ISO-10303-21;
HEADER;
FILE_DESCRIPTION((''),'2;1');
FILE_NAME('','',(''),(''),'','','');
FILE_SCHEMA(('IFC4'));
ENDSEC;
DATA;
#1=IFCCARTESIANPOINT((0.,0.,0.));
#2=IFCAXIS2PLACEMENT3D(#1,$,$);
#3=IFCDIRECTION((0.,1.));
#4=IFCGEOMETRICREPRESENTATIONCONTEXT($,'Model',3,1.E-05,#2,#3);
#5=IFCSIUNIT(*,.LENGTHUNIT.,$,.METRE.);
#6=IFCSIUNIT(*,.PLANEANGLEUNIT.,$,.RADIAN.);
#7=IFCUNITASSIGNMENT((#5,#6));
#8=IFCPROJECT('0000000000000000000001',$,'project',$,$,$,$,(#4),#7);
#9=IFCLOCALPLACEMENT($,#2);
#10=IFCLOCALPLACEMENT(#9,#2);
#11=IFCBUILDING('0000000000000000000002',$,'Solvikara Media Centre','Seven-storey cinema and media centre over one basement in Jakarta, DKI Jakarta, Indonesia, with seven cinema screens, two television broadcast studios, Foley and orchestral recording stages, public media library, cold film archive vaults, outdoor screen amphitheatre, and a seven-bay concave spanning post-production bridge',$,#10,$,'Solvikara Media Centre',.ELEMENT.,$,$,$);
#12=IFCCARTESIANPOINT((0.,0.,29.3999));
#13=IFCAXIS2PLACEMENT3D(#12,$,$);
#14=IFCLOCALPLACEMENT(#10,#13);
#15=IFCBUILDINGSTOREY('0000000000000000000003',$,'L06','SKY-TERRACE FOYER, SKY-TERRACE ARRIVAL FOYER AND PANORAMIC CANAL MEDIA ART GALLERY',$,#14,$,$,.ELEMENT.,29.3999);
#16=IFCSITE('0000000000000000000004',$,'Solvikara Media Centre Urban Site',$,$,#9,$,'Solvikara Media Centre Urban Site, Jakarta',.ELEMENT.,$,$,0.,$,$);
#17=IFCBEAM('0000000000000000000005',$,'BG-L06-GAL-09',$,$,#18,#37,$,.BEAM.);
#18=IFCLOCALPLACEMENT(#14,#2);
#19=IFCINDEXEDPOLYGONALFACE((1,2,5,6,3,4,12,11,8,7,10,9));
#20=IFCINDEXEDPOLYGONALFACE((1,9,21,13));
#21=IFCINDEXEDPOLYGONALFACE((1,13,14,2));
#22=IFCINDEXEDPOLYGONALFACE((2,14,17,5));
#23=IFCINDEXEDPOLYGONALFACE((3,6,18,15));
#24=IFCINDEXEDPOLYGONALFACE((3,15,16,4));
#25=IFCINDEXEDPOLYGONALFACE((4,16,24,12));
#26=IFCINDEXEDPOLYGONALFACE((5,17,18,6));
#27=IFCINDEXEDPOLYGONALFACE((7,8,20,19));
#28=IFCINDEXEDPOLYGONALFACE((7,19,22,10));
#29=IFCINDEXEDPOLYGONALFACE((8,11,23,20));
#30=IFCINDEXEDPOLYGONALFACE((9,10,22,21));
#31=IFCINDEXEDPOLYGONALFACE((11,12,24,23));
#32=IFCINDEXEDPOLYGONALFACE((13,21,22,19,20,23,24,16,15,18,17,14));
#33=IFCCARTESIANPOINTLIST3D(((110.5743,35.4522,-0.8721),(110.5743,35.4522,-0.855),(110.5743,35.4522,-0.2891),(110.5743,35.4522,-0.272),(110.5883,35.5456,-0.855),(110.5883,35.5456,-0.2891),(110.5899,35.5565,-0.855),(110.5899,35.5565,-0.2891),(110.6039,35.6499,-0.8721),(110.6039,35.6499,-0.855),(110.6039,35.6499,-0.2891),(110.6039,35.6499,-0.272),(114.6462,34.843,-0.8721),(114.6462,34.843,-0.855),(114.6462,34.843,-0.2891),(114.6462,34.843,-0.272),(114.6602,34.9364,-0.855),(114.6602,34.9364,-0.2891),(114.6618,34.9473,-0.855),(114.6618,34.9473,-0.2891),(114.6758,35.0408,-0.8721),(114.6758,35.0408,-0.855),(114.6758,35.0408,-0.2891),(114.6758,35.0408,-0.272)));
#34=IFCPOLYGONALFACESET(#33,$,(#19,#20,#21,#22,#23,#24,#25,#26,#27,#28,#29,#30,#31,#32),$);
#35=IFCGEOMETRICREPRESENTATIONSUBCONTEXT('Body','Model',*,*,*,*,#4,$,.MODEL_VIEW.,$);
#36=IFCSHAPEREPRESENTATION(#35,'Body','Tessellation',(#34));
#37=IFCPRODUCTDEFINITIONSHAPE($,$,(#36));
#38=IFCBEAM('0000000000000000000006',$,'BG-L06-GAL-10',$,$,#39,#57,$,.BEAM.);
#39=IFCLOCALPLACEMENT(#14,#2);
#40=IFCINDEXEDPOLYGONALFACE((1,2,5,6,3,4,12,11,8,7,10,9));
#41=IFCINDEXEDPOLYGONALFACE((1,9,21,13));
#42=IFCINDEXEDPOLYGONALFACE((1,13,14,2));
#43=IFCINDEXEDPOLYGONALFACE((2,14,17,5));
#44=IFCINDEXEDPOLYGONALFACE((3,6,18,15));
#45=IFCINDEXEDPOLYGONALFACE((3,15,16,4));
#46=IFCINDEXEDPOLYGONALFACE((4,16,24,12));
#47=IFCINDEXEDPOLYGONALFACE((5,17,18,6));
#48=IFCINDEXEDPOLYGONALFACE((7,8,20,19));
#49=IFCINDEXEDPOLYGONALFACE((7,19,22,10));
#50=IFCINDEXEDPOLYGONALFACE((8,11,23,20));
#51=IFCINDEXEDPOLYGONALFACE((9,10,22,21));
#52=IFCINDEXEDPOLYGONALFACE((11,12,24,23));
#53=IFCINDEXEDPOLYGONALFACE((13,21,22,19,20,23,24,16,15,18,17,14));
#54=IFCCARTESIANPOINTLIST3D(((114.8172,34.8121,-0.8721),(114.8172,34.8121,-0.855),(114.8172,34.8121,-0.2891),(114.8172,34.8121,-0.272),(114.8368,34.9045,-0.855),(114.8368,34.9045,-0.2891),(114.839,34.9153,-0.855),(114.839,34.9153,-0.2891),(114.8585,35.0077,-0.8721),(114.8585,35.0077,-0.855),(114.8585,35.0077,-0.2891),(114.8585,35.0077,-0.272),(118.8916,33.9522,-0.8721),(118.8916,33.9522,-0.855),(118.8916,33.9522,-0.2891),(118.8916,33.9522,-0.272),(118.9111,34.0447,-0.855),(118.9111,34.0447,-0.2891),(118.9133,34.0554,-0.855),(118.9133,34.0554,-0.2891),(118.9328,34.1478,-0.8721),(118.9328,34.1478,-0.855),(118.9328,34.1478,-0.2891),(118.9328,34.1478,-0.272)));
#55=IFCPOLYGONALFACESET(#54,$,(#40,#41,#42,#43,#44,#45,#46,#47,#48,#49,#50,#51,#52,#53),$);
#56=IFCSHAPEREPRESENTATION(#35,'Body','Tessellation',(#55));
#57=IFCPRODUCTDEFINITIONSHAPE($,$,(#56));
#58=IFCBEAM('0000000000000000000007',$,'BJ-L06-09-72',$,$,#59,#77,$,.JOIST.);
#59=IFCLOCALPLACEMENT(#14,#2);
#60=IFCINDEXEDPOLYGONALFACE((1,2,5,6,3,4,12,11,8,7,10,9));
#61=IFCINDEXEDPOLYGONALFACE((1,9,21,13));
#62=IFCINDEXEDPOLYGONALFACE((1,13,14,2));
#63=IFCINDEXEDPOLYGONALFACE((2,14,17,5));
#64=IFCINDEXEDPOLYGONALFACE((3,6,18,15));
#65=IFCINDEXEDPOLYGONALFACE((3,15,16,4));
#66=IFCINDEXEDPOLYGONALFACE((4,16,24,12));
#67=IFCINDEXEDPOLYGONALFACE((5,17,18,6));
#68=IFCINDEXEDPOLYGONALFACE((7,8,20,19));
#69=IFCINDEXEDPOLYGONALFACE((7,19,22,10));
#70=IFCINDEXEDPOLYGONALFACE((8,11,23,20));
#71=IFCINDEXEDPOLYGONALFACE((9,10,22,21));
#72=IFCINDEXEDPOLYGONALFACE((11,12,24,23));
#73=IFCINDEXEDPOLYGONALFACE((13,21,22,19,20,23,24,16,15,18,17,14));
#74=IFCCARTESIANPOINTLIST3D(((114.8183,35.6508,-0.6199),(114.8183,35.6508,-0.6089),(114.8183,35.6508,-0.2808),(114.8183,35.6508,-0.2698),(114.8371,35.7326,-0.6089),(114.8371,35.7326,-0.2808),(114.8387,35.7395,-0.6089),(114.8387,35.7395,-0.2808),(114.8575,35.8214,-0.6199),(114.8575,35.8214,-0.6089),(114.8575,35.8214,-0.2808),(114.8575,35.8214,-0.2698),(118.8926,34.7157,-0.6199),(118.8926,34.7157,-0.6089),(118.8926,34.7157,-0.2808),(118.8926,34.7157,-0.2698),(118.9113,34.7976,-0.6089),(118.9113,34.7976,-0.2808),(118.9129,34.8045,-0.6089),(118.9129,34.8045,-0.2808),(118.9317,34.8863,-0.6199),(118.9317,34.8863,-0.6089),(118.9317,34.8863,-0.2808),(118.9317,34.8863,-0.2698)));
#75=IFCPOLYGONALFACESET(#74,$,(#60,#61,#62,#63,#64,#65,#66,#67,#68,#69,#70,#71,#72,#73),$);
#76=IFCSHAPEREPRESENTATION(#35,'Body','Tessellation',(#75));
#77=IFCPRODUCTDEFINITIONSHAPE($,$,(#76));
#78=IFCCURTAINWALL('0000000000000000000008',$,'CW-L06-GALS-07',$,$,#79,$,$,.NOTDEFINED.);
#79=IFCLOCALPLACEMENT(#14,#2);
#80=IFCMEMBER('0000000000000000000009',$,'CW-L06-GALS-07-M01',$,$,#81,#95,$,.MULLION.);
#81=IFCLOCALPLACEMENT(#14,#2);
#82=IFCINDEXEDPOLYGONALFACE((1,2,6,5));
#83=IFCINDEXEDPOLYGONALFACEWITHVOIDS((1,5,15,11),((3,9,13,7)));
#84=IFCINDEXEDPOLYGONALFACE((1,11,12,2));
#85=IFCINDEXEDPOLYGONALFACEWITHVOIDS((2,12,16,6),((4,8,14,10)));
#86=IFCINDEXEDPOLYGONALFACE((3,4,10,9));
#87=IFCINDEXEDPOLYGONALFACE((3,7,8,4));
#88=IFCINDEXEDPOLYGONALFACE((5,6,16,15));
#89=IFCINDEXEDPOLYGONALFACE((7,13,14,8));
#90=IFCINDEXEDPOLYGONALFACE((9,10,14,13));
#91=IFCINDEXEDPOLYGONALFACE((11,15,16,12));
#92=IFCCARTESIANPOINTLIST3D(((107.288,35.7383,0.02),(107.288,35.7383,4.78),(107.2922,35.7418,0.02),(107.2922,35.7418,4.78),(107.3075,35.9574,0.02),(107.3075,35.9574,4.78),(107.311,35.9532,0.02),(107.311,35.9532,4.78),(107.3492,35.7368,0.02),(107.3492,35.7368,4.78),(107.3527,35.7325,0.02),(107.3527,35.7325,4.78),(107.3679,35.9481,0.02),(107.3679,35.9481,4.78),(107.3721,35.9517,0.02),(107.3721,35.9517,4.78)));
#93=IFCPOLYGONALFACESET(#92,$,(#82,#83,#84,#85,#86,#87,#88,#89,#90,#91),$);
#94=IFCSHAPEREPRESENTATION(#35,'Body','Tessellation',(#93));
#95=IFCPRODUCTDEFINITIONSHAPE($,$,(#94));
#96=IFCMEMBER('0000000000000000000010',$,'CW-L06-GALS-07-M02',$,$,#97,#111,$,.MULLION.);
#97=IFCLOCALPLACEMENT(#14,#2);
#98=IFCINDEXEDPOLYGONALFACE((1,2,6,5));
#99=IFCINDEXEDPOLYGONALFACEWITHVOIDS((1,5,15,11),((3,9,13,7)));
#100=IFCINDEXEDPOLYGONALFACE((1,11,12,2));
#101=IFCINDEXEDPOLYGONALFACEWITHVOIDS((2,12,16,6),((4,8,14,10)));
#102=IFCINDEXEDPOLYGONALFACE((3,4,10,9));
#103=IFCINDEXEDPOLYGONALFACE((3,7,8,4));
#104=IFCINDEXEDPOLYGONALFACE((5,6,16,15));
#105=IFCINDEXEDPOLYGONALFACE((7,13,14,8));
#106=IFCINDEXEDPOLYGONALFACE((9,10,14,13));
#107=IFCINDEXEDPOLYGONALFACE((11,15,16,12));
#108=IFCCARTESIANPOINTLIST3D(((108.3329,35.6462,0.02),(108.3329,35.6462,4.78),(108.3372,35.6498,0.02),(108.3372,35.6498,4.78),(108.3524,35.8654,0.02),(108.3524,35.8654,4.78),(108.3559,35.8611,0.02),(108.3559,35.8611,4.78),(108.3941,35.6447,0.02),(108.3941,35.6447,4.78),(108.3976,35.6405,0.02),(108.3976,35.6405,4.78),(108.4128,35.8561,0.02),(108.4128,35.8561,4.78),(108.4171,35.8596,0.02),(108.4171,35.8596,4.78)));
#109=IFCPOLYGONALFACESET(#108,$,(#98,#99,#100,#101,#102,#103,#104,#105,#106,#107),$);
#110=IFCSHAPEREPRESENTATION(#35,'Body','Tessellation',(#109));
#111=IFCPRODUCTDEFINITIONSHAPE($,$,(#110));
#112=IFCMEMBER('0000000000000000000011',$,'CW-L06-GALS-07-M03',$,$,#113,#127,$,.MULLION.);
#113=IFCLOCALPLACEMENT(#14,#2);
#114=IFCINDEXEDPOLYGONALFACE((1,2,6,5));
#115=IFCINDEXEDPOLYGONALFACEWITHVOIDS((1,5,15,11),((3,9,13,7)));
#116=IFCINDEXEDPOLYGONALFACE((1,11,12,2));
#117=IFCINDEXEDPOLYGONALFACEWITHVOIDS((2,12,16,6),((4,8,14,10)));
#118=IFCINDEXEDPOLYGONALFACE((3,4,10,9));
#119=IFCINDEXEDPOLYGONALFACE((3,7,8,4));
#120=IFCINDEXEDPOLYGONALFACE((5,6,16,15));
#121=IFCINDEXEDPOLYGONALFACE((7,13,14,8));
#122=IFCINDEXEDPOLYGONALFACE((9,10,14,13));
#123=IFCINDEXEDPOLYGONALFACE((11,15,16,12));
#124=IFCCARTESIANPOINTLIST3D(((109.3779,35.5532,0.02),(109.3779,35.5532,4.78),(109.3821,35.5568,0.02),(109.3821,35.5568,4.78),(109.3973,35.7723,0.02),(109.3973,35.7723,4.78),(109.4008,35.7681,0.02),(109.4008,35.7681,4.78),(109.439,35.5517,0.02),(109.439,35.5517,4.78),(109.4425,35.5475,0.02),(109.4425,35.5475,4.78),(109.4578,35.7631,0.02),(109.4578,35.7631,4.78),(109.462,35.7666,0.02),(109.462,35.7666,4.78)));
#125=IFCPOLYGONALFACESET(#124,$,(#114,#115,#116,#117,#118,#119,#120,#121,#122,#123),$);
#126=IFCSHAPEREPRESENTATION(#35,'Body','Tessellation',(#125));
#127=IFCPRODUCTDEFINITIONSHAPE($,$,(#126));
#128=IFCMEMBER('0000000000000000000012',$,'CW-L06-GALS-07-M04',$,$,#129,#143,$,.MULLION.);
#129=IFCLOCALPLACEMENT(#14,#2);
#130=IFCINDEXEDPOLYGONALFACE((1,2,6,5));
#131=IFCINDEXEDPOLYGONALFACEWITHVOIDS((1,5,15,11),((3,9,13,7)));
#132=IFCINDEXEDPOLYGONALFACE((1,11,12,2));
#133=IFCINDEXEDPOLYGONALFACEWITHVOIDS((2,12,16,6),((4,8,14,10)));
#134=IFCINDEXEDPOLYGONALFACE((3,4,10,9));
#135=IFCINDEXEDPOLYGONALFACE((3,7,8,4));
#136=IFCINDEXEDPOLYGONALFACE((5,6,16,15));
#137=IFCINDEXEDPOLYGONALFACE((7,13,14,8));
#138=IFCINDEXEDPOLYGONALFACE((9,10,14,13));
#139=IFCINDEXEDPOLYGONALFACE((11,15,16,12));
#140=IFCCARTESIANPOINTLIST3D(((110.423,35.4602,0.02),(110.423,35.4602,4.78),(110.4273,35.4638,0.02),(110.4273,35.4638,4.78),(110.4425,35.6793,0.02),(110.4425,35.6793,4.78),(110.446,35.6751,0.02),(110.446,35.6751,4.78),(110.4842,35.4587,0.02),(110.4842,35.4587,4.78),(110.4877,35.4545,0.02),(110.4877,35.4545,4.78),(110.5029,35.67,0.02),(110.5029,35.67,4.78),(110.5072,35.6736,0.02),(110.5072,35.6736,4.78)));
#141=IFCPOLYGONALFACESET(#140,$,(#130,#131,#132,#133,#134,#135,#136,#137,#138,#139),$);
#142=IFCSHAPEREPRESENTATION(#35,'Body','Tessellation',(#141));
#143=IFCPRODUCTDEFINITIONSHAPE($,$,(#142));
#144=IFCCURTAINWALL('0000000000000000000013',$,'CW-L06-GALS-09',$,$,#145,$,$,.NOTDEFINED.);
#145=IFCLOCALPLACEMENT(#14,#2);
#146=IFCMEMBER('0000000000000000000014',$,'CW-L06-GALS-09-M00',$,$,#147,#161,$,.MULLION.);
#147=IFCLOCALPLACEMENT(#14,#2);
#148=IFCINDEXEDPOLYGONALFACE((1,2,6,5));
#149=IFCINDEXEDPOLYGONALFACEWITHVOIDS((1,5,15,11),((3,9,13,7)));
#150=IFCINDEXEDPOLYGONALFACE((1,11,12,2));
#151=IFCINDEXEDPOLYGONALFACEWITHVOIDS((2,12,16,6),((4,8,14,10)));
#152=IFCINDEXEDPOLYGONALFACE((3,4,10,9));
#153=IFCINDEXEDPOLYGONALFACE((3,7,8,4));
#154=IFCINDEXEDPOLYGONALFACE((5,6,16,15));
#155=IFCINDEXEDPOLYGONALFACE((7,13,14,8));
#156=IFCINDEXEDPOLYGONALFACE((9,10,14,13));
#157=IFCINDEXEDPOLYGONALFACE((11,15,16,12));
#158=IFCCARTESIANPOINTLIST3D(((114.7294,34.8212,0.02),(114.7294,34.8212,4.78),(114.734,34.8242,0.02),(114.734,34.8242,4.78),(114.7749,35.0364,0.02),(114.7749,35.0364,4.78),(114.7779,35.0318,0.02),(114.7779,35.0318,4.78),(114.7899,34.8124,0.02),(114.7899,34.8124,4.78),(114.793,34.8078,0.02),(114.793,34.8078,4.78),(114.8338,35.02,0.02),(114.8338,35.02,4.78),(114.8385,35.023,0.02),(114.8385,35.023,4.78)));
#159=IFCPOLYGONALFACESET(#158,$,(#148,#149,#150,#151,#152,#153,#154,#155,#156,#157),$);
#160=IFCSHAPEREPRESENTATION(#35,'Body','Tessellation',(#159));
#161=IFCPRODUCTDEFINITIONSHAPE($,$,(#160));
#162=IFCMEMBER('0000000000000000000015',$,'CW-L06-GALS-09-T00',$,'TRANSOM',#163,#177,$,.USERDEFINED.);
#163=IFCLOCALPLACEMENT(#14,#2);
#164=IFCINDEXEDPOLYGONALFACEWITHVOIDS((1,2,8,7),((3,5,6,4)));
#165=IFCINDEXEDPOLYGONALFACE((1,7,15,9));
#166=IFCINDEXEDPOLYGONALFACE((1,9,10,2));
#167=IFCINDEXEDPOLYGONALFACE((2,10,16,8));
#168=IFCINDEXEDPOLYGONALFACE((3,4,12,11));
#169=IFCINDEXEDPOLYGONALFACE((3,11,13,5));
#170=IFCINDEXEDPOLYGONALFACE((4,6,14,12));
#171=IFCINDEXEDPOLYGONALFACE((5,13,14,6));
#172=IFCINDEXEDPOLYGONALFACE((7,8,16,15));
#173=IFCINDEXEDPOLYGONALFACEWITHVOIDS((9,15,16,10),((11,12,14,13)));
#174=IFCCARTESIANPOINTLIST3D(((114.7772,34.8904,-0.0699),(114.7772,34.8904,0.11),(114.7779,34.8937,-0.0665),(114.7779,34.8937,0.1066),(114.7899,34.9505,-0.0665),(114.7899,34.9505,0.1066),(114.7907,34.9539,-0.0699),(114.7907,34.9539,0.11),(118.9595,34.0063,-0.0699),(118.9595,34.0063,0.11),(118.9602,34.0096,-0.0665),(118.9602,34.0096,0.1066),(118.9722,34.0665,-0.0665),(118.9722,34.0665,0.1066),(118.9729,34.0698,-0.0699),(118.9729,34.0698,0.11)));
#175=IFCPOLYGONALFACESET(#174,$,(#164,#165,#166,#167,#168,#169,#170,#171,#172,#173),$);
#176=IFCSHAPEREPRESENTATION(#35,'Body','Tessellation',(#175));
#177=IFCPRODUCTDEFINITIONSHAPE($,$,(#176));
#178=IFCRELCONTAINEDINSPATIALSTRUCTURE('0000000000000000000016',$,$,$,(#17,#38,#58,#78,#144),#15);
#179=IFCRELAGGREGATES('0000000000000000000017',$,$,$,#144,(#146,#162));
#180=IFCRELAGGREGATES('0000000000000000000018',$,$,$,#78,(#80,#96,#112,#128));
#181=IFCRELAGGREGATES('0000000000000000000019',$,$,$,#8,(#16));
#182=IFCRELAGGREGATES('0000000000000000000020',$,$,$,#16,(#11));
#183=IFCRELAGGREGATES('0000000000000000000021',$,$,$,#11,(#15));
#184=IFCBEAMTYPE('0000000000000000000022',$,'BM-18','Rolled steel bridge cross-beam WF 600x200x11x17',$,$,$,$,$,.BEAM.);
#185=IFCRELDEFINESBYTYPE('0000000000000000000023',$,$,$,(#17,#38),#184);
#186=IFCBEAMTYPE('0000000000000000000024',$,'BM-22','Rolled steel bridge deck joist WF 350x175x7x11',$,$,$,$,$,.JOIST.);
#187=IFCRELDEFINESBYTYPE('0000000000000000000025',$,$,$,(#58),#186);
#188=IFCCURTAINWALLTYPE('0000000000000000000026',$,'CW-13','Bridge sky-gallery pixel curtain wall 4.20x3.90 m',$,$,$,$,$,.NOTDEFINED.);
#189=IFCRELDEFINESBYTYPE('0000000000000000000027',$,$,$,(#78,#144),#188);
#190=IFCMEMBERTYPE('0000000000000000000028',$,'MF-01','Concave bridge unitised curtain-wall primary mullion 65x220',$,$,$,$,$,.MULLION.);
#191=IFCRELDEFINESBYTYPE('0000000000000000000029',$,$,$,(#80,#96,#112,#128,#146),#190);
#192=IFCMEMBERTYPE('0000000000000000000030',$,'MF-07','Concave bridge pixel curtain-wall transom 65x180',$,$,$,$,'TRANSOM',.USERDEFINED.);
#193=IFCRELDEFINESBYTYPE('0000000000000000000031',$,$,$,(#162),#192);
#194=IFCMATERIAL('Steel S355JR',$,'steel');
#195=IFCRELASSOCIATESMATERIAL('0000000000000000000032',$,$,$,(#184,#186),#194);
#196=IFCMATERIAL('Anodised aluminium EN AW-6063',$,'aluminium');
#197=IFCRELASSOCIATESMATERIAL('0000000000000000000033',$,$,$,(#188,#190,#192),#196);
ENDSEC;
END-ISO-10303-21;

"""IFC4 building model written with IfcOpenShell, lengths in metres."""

from ifc_helpers import new_model, si_unit, direction, frame, origin, origin_2d, place, context, subcontext, project, spatial, hollow_rectangle, i_section, extrude, material, material_profile, profile_set, type_object, element, aggregate, save


model = new_model("IFC4")

# Units and contexts
model_context = context("Model", 3, precision=1e-05, world=origin(), true_north=direction((0.0, 1.0)))
body_context = subcontext(model_context, "Body", "Model", "MODEL_VIEW")
ifc_project = project(units=[si_unit("LENGTHUNIT", "METRE"), si_unit("PLANEANGLEUNIT", "RADIAN")], contexts=[model_context])

# Site, building, storey
site_placement = place(None, origin())
site = spatial("IfcSite", under=ifc_project, at=site_placement, Name="Solvikara Media Centre Urban Site", LongName="Solvikara Media Centre Urban Site, Jakarta", CompositionType="ELEMENT", RefElevation=0.0)
building_placement = place(site_placement, origin())
building = spatial("IfcBuilding", under=site, at=building_placement, Name="Solvikara Media Centre", Description="Seven-storey cinema and media centre over one basement in Jakarta, DKI Jakarta, Indonesia, with seven cinema screens, two television broadcast studios, Foley and orchestral recording stages, public media library, cold film archive vaults, outdoor screen amphitheatre, and a seven-bay concave spanning post-production bridge", LongName="Solvikara Media Centre", CompositionType="ELEMENT")
storey_placement = place(building_placement, frame((0.0, 0.0, 29.3999)))
storey = spatial("IfcBuildingStorey", under=building, at=storey_placement, Name="L06", Description="SKY-TERRACE FOYER, SKY-TERRACE ARRIVAL FOYER AND PANORAMIC CANAL MEDIA ART GALLERY", CompositionType="ELEMENT", Elevation=29.3999)

# Beams
ifc_material_1 = material(Name="Steel S355JR", Category="steel")
ifc_material_profile_1 = material_profile(ifc_material_1, i_section(OverallWidth=0.2, OverallDepth=0.6001, WebThickness=0.011, FlangeThickness=0.0171, at=origin_2d()), Name="WF 600x200x11x17")
ifc_profile_set_1 = profile_set([ifc_material_profile_1], Name="Steel S355JR")
beam_type_1 = type_object("IfcBeamType", Name="BM-18", Description="Rolled steel bridge cross-beam WF 600x200x11x17", PredefinedType="BEAM", material=ifc_profile_set_1)
beam_1_placement = place(storey_placement, frame((110.5891, 35.551, -0.572), z_axis=(0.988995, -0.147952, 0.0), x_axis=(0.147952, 0.988995, 0.0)))
element("IfcBeam", 1, at=beam_1_placement, inside=storey, type_object=beam_type_1, Name="BG-L06-GAL-09", PredefinedType="BEAM", context=body_context, shape_type="SweptSolid", body=[
    extrude(i_section(OverallWidth=0.2, OverallDepth=0.6001, WebThickness=0.011, FlangeThickness=0.0171, at=origin_2d()), origin(), (0.0, 0.0, 1.0), 4.1172),
])
beam_2_placement = place(storey_placement, frame((114.8379, 34.9099, -0.572), z_axis=(0.978446, -0.206501, 0.0), x_axis=(0.206501, 0.978446, 0.0)))
element("IfcBeam", 2, at=beam_2_placement, inside=storey, type_object=beam_type_1, Name="BG-L06-GAL-10", PredefinedType="BEAM", context=body_context, shape_type="SweptSolid", body=[
    extrude(i_section(OverallWidth=0.2, OverallDepth=0.6001, WebThickness=0.011, FlangeThickness=0.0171, at=origin_2d()), origin(), (0.0, 0.0, 1.0), 4.1641),
])
ifc_material_profile_2 = material_profile(ifc_material_1, i_section(OverallWidth=0.175, OverallDepth=0.3501, WebThickness=0.0071, FlangeThickness=0.011, at=origin_2d()), Name="WF 350x175x7x11")
ifc_profile_set_2 = profile_set([ifc_material_profile_2], Name="Steel S355JR")
beam_type_2 = type_object("IfcBeamType", Name="BM-22", Description="Rolled steel bridge deck joist WF 350x175x7x11", PredefinedType="JOIST", material=ifc_profile_set_2)
beam_3_placement = place(storey_placement, frame((114.8379, 35.7361, -0.4448), z_axis=(0.97466, -0.223691, 0.0), x_axis=(0.223691, 0.97466, 0.0)))
element("IfcBeam", 3, at=beam_3_placement, inside=storey, type_object=beam_type_2, Name="BJ-L06-09-72", PredefinedType="JOIST", context=body_context, shape_type="SweptSolid", body=[
    extrude(i_section(OverallWidth=0.175, OverallDepth=0.3501, WebThickness=0.0071, FlangeThickness=0.011, at=origin_2d()), origin(), (0.0, 0.0, 1.0), 4.1802),
])

# Curtain walls, members
ifc_material_2 = material(Name="Anodised aluminium EN AW-6063", Category="aluminium")
curtain_wall_type = type_object("IfcCurtainWallType", Name="CW-13", Description="Bridge sky-gallery pixel curtain wall 4.20x3.90 m", PredefinedType="NOTDEFINED", material=ifc_material_2)
curtain_wall_1_placement = place(storey_placement, origin())
curtain_wall_1 = element("IfcCurtainWall", 4, at=curtain_wall_1_placement, inside=storey, type_object=curtain_wall_type, Name="CW-L06-GALS-07", PredefinedType="NOTDEFINED")
ifc_material_profile_3 = material_profile(ifc_material_2, hollow_rectangle(XDim=0.0649, YDim=0.22, WallThickness=0.0039, at=origin_2d()), Name="ALU-M 65x220x4")
ifc_profile_set_3 = profile_set([ifc_material_profile_3], Name="Anodised aluminium EN AW-6063")
member_type_1 = type_object("IfcMemberType", Name="MF-01", Description="Concave bridge unitised curtain-wall primary mullion 65x220", PredefinedType="MULLION", material=ifc_profile_set_3)
member_1_placement = place(storey_placement, frame((107.3301, 35.845, 0.02), z_axis=(0.0, 0.0, 1.0), x_axis=(0.996084, -0.088408, 0.0)))
member_1 = element("IfcMember", 5, at=member_1_placement, type_object=member_type_1, Name="CW-L06-GALS-07-M01", PredefinedType="MULLION", context=body_context, shape_type="SweptSolid", body=[
    extrude(hollow_rectangle(XDim=0.0649, YDim=0.22, WallThickness=0.0039, at=origin_2d()), origin(), (0.0, 0.0, 1.0), 4.76),
])
member_2_placement = place(storey_placement, frame((108.375, 35.7529, 0.02), z_axis=(0.0, 0.0, 1.0), x_axis=(0.996084, -0.088408, 0.0)))
member_2 = element("IfcMember", 6, at=member_2_placement, type_object=member_type_1, Name="CW-L06-GALS-07-M02", PredefinedType="MULLION", context=body_context, shape_type="SweptSolid", body=[
    extrude(hollow_rectangle(XDim=0.0649, YDim=0.22, WallThickness=0.0039, at=origin_2d()), origin(), (0.0, 0.0, 1.0), 4.76),
])
member_3_placement = place(storey_placement, frame((109.4199, 35.6599, 0.02), z_axis=(0.0, 0.0, 1.0), x_axis=(0.996084, -0.088408, 0.0)))
member_3 = element("IfcMember", 7, at=member_3_placement, type_object=member_type_1, Name="CW-L06-GALS-07-M03", PredefinedType="MULLION", context=body_context, shape_type="SweptSolid", body=[
    extrude(hollow_rectangle(XDim=0.0649, YDim=0.22, WallThickness=0.0039, at=origin_2d()), origin(), (0.0, 0.0, 1.0), 4.76),
])
member_4_placement = place(storey_placement, frame((110.4651, 35.5669, 0.02), z_axis=(0.0, 0.0, 1.0), x_axis=(0.996084, -0.088408, 0.0)))
member_4 = element("IfcMember", 8, at=member_4_placement, type_object=member_type_1, Name="CW-L06-GALS-07-M04", PredefinedType="MULLION", context=body_context, shape_type="SweptSolid", body=[
    extrude(hollow_rectangle(XDim=0.0649, YDim=0.22, WallThickness=0.0039, at=origin_2d()), origin(), (0.0, 0.0, 1.0), 4.76),
])
curtain_wall_2_placement = place(storey_placement, origin())
curtain_wall_2 = element("IfcCurtainWall", 9, at=curtain_wall_2_placement, inside=storey, type_object=curtain_wall_type, Name="CW-L06-GALS-09", PredefinedType="NOTDEFINED")
member_5_placement = place(storey_placement, frame((114.7839, 34.9221, 0.02), z_axis=(0.0, 0.0, 1.0), x_axis=(0.978379, -0.206819, 0.0)))
member_5 = element("IfcMember", 10, at=member_5_placement, type_object=member_type_1, Name="CW-L06-GALS-09-M00", PredefinedType="MULLION", context=body_context, shape_type="SweptSolid", body=[
    extrude(hollow_rectangle(XDim=0.0649, YDim=0.22, WallThickness=0.0039, at=origin_2d()), origin(), (0.0, 0.0, 1.0), 4.76),
])
ifc_material_profile_4 = material_profile(ifc_material_2, hollow_rectangle(XDim=0.0649, YDim=0.1799, WallThickness=0.0034, at=origin_2d()), Name="ALU-T 65x180x3.5")
ifc_profile_set_4 = profile_set([ifc_material_profile_4], Name="Anodised aluminium EN AW-6063")
member_type_2 = type_object("IfcMemberType", Name="MF-07", Description="Concave bridge pixel curtain-wall transom 65x180", ElementType="TRANSOM", PredefinedType="USERDEFINED", material=ifc_profile_set_4)
member_6_placement = place(storey_placement, frame((114.7839, 34.9221, 0.02), z_axis=(0.97838, -0.206814, 0.0), x_axis=(0.206814, 0.97838, 0.0)))
member_6 = element("IfcMember", 11, at=member_6_placement, type_object=member_type_2, Name="CW-L06-GALS-09-T00", ObjectType="TRANSOM", PredefinedType="USERDEFINED", context=body_context, shape_type="SweptSolid", body=[
    extrude(hollow_rectangle(XDim=0.0649, YDim=0.1799, WallThickness=0.0034, at=origin_2d()), origin(), (0.0, 0.0, 1.0), 4.2747),
])
aggregate(curtain_wall_2, [member_5, member_6])

aggregate(curtain_wall_1, [member_1, member_2, member_3, member_4])

save(model, "model.ifc")
